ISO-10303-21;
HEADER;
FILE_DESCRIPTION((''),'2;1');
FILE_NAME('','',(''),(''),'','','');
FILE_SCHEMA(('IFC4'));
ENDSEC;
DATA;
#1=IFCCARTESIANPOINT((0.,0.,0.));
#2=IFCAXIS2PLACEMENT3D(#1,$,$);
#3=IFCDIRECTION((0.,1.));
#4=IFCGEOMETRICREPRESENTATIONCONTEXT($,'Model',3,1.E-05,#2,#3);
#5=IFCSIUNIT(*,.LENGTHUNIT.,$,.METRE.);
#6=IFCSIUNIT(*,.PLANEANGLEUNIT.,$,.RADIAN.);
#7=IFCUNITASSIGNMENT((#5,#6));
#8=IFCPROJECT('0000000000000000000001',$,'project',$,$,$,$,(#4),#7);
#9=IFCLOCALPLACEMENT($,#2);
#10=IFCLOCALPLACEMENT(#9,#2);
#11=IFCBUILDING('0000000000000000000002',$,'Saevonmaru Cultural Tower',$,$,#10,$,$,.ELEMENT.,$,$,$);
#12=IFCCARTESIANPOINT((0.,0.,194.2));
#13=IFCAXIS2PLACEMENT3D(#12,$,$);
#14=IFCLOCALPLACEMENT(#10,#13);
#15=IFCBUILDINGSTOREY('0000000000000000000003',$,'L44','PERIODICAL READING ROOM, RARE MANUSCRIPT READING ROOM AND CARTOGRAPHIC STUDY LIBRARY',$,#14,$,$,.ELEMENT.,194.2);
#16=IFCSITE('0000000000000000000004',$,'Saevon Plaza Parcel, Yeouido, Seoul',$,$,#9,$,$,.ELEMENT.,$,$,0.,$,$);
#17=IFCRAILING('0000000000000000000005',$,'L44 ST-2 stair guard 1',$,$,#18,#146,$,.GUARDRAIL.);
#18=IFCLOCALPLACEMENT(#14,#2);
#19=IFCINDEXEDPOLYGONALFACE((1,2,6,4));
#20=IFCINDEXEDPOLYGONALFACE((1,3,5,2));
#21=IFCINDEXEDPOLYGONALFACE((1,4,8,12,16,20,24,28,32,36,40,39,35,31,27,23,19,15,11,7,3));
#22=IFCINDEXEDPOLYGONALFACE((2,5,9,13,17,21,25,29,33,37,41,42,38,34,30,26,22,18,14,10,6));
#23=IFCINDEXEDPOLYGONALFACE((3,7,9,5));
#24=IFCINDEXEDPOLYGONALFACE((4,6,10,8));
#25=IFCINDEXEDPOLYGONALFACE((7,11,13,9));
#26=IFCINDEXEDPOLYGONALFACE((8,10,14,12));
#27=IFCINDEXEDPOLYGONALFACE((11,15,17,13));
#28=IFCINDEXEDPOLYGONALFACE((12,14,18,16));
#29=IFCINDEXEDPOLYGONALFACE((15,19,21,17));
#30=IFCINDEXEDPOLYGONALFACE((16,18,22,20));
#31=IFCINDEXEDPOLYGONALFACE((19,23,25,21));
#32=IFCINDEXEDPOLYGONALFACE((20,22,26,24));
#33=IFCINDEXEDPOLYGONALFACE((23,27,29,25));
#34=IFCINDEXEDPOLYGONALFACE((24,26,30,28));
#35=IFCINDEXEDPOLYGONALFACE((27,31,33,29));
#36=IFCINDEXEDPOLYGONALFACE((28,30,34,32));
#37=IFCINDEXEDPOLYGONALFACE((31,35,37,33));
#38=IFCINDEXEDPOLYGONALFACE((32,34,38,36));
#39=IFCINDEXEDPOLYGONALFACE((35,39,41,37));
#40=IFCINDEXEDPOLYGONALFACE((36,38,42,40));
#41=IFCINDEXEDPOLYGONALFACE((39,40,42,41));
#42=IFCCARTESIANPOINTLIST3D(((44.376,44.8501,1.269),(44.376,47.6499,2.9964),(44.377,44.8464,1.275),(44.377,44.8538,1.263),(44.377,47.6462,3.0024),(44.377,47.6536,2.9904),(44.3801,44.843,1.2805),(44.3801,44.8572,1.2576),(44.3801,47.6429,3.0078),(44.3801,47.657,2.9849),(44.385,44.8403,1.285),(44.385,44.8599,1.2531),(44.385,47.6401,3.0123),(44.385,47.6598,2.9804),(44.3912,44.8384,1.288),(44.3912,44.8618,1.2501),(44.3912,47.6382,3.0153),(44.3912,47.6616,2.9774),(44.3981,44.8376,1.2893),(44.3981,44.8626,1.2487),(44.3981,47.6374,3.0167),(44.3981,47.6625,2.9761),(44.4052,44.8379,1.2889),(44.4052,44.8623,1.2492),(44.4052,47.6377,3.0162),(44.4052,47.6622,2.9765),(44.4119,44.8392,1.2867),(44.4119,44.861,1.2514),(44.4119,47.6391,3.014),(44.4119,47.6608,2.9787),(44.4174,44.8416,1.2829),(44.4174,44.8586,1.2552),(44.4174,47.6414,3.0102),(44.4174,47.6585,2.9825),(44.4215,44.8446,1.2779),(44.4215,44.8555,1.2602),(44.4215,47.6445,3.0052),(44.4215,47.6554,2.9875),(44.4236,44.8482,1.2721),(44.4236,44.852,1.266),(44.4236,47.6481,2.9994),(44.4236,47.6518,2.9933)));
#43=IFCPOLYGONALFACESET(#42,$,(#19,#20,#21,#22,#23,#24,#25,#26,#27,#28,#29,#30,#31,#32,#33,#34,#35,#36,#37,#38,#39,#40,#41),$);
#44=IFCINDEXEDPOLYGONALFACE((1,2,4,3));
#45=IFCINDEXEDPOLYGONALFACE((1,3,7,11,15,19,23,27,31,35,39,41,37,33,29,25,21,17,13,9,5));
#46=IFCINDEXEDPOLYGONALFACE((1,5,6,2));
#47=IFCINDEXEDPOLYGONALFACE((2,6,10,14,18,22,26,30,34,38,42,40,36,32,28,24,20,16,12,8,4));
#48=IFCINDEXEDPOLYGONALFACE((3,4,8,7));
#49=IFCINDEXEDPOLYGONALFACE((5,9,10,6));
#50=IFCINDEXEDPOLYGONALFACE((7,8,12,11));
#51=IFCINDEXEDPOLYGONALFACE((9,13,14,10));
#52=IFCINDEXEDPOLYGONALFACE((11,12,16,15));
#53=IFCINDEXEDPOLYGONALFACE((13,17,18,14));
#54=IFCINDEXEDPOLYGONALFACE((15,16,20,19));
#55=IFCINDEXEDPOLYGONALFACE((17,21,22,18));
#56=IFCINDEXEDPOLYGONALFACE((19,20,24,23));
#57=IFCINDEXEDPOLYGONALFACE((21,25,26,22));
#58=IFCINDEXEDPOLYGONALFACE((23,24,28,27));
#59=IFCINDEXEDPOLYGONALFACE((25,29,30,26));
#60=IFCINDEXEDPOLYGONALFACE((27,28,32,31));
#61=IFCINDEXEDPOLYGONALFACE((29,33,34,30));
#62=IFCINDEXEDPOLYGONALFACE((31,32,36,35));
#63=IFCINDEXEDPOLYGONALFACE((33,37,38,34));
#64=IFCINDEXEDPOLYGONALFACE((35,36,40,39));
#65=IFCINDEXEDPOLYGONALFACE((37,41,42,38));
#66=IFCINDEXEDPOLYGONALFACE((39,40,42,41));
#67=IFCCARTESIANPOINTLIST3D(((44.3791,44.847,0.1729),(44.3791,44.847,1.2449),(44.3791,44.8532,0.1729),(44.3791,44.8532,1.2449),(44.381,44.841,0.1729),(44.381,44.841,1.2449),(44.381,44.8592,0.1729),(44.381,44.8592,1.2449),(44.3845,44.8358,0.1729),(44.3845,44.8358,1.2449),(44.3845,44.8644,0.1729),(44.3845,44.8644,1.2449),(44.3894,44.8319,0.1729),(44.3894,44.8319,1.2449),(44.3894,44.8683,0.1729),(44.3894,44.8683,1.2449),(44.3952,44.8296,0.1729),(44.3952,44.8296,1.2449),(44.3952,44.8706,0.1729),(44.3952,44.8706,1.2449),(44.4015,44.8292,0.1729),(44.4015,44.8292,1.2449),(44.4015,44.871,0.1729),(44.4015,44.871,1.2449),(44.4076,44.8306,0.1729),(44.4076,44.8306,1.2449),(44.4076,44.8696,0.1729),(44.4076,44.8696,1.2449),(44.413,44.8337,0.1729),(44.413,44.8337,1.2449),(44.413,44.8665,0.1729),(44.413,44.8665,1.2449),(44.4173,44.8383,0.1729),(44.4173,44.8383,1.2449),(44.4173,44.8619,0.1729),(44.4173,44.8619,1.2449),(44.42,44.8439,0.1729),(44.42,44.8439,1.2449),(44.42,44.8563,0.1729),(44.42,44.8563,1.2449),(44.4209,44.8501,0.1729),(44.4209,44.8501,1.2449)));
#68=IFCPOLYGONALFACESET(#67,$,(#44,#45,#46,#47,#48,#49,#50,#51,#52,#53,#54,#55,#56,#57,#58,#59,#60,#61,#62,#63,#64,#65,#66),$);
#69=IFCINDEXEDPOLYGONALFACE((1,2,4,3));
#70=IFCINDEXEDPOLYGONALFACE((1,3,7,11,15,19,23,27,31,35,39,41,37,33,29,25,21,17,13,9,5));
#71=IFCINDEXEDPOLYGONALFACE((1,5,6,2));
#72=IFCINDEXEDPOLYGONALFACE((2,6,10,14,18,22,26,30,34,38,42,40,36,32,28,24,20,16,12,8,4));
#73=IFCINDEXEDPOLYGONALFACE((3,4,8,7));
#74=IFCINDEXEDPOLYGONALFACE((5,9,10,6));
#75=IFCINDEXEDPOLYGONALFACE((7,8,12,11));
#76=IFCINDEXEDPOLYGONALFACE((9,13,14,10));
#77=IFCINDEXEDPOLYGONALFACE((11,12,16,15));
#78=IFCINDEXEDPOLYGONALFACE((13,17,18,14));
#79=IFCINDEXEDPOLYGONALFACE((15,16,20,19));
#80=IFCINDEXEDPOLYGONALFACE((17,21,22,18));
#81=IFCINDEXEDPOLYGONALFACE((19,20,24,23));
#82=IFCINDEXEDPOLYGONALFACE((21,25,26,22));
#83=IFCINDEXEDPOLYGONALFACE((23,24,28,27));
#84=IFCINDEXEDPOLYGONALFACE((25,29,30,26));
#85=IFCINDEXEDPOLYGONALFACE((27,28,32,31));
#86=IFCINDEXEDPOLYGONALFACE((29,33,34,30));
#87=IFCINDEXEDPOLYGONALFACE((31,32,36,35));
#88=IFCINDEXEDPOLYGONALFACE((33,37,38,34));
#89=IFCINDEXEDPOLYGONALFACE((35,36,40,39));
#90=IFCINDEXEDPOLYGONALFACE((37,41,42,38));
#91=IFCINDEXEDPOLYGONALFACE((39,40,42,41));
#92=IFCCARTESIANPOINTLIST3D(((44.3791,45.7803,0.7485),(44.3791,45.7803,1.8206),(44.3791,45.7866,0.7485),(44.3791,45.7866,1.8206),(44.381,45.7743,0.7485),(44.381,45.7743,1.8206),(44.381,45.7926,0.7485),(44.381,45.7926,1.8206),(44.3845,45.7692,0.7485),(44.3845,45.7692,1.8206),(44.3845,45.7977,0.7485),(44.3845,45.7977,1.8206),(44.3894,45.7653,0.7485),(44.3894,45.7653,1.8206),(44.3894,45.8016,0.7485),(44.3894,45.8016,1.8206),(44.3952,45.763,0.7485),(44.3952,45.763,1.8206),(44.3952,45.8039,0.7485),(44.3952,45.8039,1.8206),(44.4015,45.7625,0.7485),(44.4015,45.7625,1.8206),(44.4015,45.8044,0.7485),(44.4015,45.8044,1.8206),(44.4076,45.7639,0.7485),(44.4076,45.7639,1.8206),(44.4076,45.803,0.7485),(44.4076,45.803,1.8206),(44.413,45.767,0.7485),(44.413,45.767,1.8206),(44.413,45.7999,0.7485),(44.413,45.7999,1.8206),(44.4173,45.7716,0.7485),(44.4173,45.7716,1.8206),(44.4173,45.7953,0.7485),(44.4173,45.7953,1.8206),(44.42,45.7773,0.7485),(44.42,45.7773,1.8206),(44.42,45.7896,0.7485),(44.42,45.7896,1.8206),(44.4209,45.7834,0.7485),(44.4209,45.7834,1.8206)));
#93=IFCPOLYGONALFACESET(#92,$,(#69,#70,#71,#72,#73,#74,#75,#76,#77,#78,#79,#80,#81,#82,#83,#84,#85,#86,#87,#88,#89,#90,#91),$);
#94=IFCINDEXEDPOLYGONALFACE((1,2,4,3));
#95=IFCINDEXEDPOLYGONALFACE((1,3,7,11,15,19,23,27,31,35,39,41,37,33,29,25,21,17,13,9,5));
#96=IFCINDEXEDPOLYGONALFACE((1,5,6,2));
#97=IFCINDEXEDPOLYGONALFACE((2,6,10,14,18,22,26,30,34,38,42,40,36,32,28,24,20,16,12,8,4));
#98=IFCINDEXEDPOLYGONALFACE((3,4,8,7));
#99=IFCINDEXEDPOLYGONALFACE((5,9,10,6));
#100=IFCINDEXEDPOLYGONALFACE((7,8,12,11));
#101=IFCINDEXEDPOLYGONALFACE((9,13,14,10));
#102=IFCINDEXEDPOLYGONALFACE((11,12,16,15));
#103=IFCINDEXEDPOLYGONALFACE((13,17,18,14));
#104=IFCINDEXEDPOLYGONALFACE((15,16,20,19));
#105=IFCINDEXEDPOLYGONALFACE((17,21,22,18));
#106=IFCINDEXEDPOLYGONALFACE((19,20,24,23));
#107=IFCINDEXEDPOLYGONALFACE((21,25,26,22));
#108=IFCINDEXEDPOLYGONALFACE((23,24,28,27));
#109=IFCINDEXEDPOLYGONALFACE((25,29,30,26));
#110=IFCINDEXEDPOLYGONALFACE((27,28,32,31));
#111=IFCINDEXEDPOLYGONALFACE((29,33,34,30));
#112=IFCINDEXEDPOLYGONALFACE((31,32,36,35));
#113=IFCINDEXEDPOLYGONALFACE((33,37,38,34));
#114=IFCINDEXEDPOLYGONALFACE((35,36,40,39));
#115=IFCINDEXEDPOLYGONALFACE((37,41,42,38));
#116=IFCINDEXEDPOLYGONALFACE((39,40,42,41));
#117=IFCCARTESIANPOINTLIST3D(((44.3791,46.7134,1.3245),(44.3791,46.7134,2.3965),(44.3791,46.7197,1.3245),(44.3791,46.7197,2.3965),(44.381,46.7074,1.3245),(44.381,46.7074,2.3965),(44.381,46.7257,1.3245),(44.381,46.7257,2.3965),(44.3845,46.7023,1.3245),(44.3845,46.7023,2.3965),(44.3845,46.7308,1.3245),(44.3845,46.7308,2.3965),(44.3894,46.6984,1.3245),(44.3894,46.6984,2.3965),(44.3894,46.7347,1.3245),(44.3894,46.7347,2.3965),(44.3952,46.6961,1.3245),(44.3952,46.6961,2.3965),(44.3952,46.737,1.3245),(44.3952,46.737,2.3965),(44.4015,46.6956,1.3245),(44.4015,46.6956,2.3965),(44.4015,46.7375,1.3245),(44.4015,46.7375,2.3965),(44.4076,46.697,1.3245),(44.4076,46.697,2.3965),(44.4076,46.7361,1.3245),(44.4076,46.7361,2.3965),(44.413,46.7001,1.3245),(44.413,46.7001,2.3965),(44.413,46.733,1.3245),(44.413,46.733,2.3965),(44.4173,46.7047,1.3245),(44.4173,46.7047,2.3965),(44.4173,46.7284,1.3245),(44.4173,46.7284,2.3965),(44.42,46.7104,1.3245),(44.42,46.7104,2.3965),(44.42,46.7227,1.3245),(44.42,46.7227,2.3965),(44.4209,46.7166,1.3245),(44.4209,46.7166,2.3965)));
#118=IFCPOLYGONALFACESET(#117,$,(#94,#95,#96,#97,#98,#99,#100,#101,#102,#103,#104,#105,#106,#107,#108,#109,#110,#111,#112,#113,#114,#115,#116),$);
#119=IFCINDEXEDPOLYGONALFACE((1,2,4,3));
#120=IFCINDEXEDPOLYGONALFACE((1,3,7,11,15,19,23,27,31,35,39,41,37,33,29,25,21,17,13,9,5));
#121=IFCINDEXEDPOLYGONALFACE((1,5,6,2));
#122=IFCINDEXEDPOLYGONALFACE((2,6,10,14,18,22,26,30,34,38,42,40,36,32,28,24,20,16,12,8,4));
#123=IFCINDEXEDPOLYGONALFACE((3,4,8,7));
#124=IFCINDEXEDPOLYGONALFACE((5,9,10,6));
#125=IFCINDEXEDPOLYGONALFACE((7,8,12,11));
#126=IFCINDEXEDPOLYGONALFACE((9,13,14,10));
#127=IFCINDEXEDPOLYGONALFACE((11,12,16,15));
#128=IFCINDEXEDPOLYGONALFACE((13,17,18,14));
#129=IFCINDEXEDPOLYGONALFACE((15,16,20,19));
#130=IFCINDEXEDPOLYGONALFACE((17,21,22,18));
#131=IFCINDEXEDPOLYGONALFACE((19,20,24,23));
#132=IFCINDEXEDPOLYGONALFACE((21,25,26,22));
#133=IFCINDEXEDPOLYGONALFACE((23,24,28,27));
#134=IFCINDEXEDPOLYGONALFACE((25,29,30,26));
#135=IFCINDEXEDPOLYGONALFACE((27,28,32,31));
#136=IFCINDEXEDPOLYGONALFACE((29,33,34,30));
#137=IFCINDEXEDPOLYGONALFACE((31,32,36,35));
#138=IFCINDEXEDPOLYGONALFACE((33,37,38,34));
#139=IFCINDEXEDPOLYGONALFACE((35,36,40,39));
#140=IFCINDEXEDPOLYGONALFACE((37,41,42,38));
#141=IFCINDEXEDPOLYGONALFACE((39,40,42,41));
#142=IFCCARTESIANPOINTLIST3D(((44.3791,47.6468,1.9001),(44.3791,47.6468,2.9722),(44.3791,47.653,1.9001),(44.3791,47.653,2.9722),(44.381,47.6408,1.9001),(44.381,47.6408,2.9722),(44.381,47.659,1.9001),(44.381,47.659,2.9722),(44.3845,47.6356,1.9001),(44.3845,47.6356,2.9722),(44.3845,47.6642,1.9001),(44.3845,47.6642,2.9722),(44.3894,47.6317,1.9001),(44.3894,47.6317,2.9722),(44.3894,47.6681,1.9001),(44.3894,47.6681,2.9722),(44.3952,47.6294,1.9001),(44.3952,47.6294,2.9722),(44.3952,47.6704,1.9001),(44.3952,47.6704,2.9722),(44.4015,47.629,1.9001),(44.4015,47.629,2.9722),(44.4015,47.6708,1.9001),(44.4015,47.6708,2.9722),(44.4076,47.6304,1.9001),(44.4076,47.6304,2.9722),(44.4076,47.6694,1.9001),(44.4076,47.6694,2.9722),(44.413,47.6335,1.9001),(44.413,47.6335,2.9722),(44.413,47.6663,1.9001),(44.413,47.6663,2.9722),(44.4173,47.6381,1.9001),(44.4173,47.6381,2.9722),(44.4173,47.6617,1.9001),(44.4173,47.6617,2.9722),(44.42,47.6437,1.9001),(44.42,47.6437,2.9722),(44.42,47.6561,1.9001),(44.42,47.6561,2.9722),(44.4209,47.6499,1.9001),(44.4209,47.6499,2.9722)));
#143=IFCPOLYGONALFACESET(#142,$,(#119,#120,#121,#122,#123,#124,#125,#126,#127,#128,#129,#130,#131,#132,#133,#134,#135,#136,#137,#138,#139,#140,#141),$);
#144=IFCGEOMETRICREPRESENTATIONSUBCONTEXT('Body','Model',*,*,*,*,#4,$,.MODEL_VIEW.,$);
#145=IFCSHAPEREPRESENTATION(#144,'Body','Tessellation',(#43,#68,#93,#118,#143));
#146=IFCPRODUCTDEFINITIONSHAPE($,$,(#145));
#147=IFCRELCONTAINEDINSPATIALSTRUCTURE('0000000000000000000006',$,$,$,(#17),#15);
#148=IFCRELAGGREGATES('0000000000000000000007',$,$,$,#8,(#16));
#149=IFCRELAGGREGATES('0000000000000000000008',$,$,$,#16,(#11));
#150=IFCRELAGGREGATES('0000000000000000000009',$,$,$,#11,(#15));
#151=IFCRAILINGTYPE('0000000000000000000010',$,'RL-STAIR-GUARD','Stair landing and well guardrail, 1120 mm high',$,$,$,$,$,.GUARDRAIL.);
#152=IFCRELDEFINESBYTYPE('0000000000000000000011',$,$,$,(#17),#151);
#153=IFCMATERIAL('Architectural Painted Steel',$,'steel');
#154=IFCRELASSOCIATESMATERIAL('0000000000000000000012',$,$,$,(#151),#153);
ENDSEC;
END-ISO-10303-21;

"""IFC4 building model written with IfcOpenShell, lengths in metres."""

from ifc_helpers import new_model, si_unit, direction, frame, origin, origin_2d, place, context, subcontext, project, spatial, circle, extrude, material, type_object, element, save


model = new_model("IFC4")

# Units and contexts
model_context = context("Model", 3, precision=1e-05, world=origin(), true_north=direction((0.0, 1.0)))
body_context = subcontext(model_context, "Body", "Model", "MODEL_VIEW")
ifc_project = project(units=[si_unit("LENGTHUNIT", "METRE"), si_unit("PLANEANGLEUNIT", "RADIAN")], contexts=[model_context])

# Site, building, storey
site_placement = place(None, origin())
site = spatial("IfcSite", under=ifc_project, at=site_placement, Name="Saevon Plaza Parcel, Yeouido, Seoul", CompositionType="ELEMENT", RefElevation=0.0)
building_placement = place(site_placement, origin())
building = spatial("IfcBuilding", under=site, at=building_placement, Name="Saevonmaru Cultural Tower", CompositionType="ELEMENT")
storey_placement = place(building_placement, frame((0.0, 0.0, 194.2)))
storey = spatial("IfcBuildingStorey", under=building, at=storey_placement, Name="L44", Description="PERIODICAL READING ROOM, RARE MANUSCRIPT READING ROOM AND CARTOGRAPHIC STUDY LIBRARY", CompositionType="ELEMENT", Elevation=194.2)

# Railing
ifc_material_1 = material(Name="Architectural Painted Steel", Category="steel")
railing_type_1 = type_object("IfcRailingType", Name="RL-STAIR-GUARD", Description="Stair landing and well guardrail, 1120 mm high", PredefinedType="GUARDRAIL", material=ifc_material_1)
railing_1_placement = place(storey_placement, frame((44.3999, 44.8501, 0.1729)))
element("IfcRailing", 1, at=railing_1_placement, inside=storey, type_object=railing_type_1, Name="L44 ST-2 stair guard 1", PredefinedType="GUARDRAIL", context=body_context, shape_type="SweptSolid", body=[
    extrude(circle(Radius=0.0239, at=origin_2d()), frame((0.0, 0.0, 1.0962), z_axis=(0.0, 0.851069, 0.525054), x_axis=(-1.0, 0.0, 0.0)), (0.0, 0.0, 1.0), 3.2898),
    extrude(circle(Radius=0.021, at=origin_2d()), origin(), (0.0, 0.0, 1.0), 1.072),
    extrude(circle(Radius=0.021, at=origin_2d()), frame((0.0, 0.9333, 0.5757)), (0.0, 0.0, 1.0), 1.072),
    extrude(circle(Radius=0.021, at=origin_2d()), frame((0.0, 1.8665, 1.1516)), (0.0, 0.0, 1.0), 1.072),
    extrude(circle(Radius=0.021, at=origin_2d()), frame((0.0, 2.7998, 1.7273)), (0.0, 0.0, 1.0), 1.072),
])

save(model, "model.ifc")
